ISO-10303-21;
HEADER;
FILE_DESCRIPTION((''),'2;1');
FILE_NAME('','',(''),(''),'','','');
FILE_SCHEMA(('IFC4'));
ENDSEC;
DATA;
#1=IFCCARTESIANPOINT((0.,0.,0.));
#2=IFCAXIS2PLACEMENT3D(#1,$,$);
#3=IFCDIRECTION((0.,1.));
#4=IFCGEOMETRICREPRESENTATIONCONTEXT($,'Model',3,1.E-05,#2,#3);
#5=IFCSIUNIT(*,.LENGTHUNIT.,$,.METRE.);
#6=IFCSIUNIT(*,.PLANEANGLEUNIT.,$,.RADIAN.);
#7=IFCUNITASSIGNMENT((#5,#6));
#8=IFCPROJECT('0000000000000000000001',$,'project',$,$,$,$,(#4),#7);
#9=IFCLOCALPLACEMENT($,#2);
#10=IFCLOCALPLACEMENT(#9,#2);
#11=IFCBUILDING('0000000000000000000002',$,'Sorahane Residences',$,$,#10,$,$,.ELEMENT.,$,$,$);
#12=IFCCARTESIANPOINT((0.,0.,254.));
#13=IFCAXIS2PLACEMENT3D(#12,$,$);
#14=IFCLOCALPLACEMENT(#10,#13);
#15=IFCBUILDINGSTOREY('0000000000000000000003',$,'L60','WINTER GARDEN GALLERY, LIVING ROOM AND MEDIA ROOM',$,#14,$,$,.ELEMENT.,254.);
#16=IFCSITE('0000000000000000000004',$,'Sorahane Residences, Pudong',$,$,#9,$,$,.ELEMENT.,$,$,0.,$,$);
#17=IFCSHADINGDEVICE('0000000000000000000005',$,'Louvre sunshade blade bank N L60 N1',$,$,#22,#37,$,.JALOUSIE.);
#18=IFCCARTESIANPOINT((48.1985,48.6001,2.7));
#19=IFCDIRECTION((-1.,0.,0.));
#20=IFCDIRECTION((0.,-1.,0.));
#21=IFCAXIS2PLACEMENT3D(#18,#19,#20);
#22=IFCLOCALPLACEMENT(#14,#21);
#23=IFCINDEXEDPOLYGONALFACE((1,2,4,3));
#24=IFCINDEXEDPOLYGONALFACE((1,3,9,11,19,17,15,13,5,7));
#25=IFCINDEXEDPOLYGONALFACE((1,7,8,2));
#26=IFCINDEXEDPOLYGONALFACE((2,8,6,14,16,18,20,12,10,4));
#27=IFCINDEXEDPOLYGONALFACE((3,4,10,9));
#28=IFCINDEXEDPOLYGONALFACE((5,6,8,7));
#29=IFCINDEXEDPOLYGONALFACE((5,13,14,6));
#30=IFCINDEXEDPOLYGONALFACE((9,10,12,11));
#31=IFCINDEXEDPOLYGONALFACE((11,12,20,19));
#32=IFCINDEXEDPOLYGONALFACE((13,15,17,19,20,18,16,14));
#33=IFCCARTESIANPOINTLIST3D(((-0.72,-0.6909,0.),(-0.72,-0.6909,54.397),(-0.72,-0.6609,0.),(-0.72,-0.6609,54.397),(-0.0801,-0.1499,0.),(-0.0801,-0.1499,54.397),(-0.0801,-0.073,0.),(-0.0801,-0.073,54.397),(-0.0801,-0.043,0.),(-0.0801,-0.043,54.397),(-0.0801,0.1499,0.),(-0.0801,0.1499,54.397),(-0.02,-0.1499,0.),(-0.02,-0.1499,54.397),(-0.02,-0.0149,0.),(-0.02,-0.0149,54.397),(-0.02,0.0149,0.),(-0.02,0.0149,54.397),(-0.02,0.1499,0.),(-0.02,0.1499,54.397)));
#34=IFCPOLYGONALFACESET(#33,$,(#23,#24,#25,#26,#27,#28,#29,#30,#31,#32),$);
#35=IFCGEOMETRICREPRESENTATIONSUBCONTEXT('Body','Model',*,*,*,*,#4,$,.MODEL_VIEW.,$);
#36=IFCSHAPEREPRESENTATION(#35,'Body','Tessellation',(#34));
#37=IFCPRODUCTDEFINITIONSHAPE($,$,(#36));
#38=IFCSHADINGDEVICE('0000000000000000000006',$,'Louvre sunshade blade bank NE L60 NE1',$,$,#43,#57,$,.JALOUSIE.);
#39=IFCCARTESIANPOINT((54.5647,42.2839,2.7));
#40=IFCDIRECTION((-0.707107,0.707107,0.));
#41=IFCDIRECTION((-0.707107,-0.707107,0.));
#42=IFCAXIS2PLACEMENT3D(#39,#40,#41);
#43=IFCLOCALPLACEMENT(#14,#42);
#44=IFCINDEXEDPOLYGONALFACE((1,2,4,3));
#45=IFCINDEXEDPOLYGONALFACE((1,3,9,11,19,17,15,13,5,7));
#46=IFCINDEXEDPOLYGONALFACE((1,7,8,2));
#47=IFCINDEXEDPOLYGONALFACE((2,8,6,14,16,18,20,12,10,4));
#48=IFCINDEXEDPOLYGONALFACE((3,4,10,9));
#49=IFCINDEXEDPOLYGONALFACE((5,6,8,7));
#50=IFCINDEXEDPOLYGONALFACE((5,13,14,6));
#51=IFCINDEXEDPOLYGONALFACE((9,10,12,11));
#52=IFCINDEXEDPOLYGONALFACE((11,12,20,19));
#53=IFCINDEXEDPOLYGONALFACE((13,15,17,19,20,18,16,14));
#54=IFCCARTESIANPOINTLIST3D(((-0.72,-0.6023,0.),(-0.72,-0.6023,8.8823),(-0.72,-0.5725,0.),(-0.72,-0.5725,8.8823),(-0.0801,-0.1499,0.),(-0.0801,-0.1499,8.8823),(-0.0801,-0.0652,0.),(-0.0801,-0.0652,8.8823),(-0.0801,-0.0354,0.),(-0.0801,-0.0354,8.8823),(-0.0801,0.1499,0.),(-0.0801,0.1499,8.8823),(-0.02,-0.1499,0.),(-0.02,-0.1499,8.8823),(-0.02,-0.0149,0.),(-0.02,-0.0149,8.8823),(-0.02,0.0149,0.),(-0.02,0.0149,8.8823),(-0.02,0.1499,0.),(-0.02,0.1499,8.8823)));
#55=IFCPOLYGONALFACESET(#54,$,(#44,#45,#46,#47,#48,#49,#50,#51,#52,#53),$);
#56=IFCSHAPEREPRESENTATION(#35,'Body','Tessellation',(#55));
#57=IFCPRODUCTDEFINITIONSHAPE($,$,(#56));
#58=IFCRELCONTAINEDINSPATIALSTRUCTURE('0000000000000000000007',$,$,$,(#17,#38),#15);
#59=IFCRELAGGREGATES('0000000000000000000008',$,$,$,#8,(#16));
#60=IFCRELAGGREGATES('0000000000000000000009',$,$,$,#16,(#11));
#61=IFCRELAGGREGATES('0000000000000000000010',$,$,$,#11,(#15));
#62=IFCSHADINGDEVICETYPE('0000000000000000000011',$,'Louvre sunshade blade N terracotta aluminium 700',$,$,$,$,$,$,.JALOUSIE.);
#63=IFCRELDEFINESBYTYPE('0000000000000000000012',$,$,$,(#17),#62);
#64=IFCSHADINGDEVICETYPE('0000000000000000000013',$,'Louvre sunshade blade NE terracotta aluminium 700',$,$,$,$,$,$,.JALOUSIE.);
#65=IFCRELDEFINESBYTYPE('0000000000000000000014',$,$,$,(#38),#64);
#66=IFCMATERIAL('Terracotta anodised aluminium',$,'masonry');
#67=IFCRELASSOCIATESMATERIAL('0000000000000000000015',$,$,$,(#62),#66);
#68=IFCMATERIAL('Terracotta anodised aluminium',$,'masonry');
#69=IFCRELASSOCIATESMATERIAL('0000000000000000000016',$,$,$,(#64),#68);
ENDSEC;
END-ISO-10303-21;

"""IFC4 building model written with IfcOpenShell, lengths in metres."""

from ifc_helpers import new_model, si_unit, direction, frame, origin, place, context, subcontext, project, spatial, polyline, outline, extrude, material, type_object, element, save


model = new_model("IFC4")

# Units and contexts
model_context = context("Model", 3, precision=1e-05, world=origin(), true_north=direction((0.0, 1.0)))
body_context = subcontext(model_context, "Body", "Model", "MODEL_VIEW")
ifc_project = project(units=[si_unit("LENGTHUNIT", "METRE"), si_unit("PLANEANGLEUNIT", "RADIAN")], contexts=[model_context])

# Site, building, storey
site_placement = place(None, origin())
site = spatial("IfcSite", under=ifc_project, at=site_placement, Name="Sorahane Residences, Pudong", CompositionType="ELEMENT", RefElevation=0.0)
building_placement = place(site_placement, origin())
building = spatial("IfcBuilding", under=site, at=building_placement, Name="Sorahane Residences", CompositionType="ELEMENT")
storey_placement = place(building_placement, frame((0.0, 0.0, 254.0)))
storey = spatial("IfcBuildingStorey", under=building, at=storey_placement, Name="L60", Description="WINTER GARDEN GALLERY, LIVING ROOM AND MEDIA ROOM", CompositionType="ELEMENT", Elevation=254.0)

# Shading devices
ifc_material_1 = material(Name="Terracotta anodised aluminium", Category="masonry")
shading_device_type_1 = type_object("IfcShadingDeviceType", Name="Louvre sunshade blade N terracotta aluminium 700", PredefinedType="JALOUSIE", material=ifc_material_1)
shading_device_1_placement = place(storey_placement, frame((48.1985, 48.6001, 2.7), z_axis=(-1.0, 0.0, 0.0), x_axis=(0.0, -1.0, 0.0)))
element("IfcShadingDevice", 1, at=shading_device_1_placement, inside=storey, type_object=shading_device_type_1, Name="Louvre sunshade blade bank N L60 N1", PredefinedType="JALOUSIE", context=body_context, shape_type="SweptSolid", body=[
    extrude(outline(polyline([(-0.72, -0.6609), (-0.72, -0.6909), (-0.0801, -0.073), (-0.0801, -0.1499), (-0.02, -0.1499), (-0.02, -0.0149), (-0.02, 0.0149), (-0.02, 0.1499), (-0.0801, 0.1499), (-0.0801, -0.043), (-0.72, -0.6609)])), origin(), (0.0, 0.0, 1.0), 54.397),
])
ifc_material_2 = material(Name="Terracotta anodised aluminium", Category="masonry")
shading_device_type_2 = type_object("IfcShadingDeviceType", Name="Louvre sunshade blade NE terracotta aluminium 700", PredefinedType="JALOUSIE", material=ifc_material_2)
shading_device_2_placement = place(storey_placement, frame((54.5647, 42.2839, 2.7), z_axis=(-0.707107, 0.707107, 0.0), x_axis=(-0.707107, -0.707107, 0.0)))
element("IfcShadingDevice", 2, at=shading_device_2_placement, inside=storey, type_object=shading_device_type_2, Name="Louvre sunshade blade bank NE L60 NE1", PredefinedType="JALOUSIE", context=body_context, shape_type="SweptSolid", body=[
    extrude(outline(polyline([(-0.72, -0.5725), (-0.72, -0.6023), (-0.0801, -0.0652), (-0.0801, -0.1499), (-0.02, -0.1499), (-0.02, -0.0149), (-0.02, 0.0149), (-0.02, 0.1499), (-0.0801, 0.1499), (-0.0801, -0.0354), (-0.72, -0.5725)])), origin(), (0.0, 0.0, 1.0), 8.8823),
])

save(model, "model.ifc")
